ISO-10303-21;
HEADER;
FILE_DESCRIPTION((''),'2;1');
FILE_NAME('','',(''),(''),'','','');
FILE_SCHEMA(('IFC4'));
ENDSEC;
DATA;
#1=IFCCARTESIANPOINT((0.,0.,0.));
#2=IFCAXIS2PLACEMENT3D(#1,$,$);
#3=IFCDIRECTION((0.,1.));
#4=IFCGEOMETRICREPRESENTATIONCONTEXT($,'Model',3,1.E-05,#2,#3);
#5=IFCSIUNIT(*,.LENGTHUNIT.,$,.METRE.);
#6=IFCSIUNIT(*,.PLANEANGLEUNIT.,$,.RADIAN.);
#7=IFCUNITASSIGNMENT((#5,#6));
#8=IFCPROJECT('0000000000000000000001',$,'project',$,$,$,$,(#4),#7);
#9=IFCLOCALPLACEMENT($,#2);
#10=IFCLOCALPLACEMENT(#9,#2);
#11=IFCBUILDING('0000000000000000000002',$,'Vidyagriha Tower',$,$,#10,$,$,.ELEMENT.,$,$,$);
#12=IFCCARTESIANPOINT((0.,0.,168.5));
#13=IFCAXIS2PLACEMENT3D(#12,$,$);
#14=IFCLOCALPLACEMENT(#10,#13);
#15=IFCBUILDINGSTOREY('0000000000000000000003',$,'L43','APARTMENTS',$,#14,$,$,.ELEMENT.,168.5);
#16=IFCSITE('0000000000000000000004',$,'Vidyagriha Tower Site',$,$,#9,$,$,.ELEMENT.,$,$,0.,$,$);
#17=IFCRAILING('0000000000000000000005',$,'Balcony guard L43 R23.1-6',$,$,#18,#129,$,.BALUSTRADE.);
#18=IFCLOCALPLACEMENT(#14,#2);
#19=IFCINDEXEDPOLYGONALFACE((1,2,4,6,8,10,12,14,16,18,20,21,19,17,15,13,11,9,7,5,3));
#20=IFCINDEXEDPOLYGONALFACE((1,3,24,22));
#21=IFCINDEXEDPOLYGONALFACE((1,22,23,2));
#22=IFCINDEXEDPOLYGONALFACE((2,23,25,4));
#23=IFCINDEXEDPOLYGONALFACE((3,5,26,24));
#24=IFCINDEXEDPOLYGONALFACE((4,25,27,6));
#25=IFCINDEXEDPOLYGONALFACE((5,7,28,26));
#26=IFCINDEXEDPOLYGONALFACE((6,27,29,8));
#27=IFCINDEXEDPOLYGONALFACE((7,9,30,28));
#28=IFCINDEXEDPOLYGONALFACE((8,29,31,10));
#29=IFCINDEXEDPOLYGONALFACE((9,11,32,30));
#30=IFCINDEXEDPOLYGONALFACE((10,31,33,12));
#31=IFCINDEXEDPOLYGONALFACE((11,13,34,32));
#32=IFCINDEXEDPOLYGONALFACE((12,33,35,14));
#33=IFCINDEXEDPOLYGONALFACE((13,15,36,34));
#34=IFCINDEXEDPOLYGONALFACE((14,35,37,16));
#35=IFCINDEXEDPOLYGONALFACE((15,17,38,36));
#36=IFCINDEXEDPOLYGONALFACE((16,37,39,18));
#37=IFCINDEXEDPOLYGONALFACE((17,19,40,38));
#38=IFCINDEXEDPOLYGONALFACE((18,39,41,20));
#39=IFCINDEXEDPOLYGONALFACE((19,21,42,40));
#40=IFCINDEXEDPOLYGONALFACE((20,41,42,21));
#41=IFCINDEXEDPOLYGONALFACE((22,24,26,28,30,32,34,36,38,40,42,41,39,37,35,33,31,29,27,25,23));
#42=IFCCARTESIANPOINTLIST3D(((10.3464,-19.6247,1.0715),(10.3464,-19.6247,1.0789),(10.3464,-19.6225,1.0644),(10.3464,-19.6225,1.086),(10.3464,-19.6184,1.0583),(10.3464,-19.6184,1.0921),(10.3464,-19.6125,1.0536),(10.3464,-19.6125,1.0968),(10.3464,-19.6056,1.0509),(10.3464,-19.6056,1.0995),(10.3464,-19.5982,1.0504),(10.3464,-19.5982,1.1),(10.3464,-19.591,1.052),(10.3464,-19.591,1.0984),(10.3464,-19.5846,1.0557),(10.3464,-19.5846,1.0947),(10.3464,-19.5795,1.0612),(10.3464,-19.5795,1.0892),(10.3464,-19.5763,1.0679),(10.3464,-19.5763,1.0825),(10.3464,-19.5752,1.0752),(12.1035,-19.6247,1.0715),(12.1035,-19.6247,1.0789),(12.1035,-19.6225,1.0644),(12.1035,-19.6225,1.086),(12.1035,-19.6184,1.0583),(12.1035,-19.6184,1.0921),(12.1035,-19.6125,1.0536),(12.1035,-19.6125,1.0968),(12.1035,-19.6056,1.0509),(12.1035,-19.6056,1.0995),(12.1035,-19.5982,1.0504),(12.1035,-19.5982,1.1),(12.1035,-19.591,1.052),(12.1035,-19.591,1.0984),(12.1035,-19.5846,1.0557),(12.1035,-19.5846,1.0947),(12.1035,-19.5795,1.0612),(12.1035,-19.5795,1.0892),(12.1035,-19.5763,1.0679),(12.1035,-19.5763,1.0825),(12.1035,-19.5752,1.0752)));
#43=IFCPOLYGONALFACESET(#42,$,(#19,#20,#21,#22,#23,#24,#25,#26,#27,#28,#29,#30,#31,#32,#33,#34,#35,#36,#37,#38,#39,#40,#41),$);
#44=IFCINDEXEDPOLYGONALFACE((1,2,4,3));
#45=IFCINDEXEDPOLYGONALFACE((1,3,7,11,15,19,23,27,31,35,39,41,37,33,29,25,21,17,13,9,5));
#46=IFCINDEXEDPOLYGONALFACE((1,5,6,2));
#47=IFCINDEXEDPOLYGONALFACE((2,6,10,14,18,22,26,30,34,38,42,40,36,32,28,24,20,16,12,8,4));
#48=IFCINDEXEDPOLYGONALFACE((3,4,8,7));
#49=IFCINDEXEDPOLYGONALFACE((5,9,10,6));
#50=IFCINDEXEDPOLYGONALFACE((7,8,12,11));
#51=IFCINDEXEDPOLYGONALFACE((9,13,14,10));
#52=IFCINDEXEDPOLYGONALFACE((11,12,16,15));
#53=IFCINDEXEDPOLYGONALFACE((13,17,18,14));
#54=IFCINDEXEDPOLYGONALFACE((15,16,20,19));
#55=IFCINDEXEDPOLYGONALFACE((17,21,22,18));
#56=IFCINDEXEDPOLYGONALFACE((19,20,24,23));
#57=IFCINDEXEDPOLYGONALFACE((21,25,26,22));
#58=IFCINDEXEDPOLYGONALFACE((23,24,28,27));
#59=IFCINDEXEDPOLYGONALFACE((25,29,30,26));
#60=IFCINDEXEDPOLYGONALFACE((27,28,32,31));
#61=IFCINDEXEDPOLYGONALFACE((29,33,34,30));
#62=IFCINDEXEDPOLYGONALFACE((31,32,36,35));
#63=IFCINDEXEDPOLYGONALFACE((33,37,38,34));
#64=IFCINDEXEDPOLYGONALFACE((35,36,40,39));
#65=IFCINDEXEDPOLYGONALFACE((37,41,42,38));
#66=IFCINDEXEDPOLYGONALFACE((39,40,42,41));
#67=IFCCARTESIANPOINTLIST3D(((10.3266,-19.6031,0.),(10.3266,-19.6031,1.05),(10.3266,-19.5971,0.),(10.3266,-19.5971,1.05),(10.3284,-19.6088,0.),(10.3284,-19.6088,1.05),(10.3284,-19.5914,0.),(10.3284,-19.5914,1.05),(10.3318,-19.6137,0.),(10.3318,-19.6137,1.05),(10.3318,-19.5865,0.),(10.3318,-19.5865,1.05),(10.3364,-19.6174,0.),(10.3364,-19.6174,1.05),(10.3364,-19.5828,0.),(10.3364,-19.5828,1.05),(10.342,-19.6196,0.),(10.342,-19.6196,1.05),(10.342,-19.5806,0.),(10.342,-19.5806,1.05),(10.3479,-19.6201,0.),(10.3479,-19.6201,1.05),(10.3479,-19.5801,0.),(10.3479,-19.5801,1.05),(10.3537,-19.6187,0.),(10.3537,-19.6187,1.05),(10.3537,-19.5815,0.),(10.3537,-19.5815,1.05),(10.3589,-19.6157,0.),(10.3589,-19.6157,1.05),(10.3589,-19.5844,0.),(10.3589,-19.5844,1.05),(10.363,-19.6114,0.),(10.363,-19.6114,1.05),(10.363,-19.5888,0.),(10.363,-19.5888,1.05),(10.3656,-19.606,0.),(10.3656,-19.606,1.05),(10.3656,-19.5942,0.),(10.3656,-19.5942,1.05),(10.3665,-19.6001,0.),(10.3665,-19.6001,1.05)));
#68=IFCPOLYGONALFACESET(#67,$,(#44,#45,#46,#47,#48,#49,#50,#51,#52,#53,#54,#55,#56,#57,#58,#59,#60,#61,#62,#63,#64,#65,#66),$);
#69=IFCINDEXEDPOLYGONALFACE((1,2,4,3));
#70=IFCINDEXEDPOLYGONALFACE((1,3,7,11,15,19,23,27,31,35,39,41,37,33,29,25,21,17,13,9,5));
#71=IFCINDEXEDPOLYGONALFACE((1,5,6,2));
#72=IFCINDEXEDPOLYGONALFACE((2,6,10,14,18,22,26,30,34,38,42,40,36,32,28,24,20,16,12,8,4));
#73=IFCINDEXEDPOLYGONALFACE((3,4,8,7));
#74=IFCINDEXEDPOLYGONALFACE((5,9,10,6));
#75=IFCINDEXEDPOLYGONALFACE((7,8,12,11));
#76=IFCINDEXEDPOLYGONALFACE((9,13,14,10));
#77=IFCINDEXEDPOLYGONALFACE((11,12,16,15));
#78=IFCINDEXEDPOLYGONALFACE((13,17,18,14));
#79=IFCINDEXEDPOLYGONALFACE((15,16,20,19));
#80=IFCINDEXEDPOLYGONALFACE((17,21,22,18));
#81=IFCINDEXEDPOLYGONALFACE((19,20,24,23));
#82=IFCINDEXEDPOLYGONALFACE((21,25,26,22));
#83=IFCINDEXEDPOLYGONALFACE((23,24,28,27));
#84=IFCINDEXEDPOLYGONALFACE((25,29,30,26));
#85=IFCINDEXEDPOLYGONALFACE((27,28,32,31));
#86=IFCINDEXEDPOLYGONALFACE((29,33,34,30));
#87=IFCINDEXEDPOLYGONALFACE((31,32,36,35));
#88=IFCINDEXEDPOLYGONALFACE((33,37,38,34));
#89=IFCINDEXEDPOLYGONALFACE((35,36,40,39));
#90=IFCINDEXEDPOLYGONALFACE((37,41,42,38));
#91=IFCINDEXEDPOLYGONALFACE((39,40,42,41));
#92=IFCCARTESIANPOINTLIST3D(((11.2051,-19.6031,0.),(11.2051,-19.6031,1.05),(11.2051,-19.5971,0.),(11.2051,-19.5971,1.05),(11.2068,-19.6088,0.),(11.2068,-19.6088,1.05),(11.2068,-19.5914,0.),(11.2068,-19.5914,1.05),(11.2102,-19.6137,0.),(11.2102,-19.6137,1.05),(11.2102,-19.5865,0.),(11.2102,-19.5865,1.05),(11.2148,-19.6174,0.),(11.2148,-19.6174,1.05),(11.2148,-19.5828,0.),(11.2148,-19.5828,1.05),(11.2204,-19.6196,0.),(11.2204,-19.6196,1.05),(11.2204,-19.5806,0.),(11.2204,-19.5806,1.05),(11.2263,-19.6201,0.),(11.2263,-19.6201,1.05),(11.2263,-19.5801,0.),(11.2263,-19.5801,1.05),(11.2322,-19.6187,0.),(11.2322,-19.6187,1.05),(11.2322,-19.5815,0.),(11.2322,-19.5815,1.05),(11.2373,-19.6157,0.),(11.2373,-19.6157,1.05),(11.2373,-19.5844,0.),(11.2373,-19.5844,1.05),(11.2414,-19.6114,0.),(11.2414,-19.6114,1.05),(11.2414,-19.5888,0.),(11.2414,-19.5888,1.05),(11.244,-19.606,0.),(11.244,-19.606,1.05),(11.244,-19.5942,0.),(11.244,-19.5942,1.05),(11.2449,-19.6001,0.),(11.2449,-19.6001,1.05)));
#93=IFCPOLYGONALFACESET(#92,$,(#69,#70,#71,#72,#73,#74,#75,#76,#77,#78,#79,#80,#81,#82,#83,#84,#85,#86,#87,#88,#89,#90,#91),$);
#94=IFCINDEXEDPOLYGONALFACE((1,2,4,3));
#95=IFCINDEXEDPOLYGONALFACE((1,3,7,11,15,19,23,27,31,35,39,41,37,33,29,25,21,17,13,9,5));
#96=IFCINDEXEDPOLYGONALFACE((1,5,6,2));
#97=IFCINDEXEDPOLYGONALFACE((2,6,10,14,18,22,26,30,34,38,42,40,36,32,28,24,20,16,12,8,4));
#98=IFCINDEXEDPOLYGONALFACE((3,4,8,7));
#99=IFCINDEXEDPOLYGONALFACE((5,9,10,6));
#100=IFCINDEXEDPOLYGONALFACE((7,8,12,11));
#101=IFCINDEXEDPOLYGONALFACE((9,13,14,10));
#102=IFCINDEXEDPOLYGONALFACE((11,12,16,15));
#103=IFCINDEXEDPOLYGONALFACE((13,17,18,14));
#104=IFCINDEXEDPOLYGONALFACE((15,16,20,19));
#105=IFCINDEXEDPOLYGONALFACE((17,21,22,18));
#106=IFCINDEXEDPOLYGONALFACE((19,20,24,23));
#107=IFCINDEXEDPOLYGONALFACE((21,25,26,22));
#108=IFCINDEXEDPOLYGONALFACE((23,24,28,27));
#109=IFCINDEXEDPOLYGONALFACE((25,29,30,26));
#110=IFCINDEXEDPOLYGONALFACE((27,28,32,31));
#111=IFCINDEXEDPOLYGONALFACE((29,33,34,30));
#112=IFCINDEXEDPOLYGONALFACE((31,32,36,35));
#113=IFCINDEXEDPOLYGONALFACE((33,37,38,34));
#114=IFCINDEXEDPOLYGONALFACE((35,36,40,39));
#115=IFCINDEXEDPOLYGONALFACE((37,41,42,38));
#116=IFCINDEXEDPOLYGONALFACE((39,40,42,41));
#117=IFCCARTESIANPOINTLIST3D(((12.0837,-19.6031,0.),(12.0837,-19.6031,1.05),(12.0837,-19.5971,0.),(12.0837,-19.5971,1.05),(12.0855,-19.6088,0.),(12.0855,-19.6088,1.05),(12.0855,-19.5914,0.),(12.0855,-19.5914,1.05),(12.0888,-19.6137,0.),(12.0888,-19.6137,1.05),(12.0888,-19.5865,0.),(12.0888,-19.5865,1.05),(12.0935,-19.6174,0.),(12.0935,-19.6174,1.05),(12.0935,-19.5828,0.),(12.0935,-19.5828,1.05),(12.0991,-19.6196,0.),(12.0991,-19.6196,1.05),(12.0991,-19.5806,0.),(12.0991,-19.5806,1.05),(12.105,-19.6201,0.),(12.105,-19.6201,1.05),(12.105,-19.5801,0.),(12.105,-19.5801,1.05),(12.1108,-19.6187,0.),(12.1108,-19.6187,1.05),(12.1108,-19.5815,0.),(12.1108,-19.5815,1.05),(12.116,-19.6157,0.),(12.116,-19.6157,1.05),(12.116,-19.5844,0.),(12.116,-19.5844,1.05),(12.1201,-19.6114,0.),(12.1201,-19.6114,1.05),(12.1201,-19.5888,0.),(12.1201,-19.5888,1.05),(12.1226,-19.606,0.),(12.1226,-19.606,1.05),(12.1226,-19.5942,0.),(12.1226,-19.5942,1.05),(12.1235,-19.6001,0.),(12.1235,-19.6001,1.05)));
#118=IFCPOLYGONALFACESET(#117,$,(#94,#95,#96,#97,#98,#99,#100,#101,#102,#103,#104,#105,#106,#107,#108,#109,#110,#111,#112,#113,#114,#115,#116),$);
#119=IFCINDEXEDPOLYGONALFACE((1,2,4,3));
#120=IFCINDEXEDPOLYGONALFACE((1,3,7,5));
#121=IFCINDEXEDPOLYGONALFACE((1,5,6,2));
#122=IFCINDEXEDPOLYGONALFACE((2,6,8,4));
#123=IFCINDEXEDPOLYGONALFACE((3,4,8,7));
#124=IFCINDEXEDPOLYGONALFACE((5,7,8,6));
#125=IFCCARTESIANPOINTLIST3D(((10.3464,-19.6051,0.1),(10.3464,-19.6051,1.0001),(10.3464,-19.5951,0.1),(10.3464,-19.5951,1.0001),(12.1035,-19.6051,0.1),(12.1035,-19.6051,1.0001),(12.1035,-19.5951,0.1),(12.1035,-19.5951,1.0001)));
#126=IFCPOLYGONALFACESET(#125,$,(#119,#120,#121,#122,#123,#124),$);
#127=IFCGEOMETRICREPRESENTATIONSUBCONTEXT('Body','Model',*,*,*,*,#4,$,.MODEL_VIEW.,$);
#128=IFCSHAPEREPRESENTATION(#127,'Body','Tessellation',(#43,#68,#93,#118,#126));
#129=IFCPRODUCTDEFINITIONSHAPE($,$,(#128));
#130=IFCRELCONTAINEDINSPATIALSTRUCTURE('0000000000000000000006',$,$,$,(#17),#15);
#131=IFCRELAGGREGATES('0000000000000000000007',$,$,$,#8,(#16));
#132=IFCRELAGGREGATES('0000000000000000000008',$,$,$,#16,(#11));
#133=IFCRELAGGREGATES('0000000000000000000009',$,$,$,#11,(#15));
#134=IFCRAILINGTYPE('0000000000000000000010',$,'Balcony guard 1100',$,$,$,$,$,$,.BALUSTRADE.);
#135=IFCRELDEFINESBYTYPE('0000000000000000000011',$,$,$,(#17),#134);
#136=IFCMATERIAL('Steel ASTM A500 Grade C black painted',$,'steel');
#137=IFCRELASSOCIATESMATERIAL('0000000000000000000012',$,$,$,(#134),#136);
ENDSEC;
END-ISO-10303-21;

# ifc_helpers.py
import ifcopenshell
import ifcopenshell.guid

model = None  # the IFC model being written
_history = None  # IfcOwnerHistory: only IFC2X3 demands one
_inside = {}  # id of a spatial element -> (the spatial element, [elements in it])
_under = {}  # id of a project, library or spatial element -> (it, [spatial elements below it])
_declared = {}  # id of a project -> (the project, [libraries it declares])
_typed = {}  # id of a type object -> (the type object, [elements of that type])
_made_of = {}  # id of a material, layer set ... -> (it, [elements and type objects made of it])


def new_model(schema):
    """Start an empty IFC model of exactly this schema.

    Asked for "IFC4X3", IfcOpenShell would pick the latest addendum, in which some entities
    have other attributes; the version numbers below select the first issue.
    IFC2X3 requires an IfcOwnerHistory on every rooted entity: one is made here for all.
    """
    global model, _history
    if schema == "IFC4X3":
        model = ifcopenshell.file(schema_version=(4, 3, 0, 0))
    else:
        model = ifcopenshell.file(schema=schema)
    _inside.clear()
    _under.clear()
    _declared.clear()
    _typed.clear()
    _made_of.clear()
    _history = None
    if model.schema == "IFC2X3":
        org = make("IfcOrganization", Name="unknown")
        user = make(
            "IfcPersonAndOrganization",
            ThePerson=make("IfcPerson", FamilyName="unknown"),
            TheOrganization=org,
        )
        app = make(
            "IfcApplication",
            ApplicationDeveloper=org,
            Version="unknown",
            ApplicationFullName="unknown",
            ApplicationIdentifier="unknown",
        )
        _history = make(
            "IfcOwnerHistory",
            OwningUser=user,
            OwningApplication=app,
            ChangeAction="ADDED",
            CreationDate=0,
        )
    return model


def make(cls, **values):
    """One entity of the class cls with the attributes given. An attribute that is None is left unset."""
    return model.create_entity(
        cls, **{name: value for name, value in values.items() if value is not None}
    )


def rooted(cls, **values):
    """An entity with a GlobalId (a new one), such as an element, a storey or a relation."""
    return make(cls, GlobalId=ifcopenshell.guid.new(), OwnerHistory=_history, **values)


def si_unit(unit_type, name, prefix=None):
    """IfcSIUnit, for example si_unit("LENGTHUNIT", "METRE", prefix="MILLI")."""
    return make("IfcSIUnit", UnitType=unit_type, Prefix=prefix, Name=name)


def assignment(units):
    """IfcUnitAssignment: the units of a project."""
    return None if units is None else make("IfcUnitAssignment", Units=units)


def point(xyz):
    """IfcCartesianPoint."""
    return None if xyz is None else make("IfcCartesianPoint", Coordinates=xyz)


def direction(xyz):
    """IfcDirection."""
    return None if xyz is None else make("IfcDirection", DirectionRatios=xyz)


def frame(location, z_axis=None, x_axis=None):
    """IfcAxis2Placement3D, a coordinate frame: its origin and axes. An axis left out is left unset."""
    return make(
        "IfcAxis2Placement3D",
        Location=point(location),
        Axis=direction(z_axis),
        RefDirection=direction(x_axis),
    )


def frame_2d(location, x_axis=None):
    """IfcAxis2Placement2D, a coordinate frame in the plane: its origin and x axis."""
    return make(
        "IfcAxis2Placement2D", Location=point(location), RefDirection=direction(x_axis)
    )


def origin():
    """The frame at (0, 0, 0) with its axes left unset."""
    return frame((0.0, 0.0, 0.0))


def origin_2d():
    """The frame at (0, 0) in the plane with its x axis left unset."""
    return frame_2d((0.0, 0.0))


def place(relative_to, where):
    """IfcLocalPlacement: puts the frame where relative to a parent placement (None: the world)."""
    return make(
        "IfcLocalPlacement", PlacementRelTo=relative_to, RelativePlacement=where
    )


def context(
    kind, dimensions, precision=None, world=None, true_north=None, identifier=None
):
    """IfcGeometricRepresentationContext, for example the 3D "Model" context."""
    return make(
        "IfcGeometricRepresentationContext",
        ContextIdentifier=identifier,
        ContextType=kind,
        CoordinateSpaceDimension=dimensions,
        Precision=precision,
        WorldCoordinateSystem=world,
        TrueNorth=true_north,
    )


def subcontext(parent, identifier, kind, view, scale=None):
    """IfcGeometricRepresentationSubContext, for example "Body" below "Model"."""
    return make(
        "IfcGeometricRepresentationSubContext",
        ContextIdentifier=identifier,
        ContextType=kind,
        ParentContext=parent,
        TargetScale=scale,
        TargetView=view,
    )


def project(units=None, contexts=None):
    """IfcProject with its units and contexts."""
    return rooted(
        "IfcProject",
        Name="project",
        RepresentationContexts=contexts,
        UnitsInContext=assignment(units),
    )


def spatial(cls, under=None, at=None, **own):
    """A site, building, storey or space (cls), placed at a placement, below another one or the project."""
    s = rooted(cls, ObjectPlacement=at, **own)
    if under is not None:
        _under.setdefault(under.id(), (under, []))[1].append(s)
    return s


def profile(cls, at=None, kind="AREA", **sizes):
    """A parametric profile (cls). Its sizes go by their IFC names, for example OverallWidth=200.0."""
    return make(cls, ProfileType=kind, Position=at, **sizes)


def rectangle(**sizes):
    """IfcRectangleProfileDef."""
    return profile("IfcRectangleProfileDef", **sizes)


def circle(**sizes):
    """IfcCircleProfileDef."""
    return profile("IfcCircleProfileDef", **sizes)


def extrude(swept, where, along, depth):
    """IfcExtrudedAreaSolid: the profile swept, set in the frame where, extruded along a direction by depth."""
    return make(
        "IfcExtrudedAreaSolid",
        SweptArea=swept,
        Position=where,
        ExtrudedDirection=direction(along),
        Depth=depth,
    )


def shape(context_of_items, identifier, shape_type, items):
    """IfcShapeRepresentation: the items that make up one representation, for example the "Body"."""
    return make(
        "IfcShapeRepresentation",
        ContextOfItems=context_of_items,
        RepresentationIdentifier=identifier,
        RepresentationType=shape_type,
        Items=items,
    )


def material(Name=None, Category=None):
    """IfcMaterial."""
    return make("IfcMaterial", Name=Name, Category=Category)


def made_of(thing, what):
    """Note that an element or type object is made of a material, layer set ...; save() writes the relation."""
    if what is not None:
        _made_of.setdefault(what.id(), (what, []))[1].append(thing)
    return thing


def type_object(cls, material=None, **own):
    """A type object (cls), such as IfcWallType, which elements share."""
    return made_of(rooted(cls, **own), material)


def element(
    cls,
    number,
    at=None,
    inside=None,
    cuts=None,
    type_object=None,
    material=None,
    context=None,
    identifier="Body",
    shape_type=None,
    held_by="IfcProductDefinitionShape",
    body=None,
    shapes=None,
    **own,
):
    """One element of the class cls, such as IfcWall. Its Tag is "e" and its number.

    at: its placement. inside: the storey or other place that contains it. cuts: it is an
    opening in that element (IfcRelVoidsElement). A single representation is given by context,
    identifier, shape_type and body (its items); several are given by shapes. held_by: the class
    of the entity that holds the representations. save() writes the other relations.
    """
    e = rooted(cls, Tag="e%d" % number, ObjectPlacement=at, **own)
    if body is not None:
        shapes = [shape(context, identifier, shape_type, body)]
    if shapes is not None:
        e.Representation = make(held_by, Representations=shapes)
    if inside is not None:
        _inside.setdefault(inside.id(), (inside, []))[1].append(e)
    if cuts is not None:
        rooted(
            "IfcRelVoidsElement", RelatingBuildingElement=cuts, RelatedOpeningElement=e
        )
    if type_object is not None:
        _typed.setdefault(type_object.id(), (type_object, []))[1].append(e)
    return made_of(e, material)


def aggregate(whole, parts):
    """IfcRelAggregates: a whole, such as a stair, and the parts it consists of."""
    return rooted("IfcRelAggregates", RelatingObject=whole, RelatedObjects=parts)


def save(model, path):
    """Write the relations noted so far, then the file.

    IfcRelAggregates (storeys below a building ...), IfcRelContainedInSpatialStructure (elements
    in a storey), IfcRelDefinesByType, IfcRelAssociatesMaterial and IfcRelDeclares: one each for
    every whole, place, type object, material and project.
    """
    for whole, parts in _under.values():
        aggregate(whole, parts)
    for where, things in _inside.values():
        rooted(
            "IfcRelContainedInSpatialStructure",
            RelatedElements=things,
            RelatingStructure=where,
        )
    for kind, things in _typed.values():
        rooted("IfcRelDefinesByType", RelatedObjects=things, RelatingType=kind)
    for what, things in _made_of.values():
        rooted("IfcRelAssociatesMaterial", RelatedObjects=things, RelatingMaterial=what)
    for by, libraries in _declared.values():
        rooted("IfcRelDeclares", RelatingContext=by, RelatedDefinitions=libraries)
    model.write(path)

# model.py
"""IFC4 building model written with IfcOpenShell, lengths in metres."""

from ifc_helpers import new_model, si_unit, direction, frame, origin, origin_2d, place, context, subcontext, project, spatial, rectangle, circle, extrude, material, type_object, element, save


model = new_model("IFC4")

# Units and contexts
model_context = context("Model", 3, precision=1e-05, world=origin(), true_north=direction((0.0, 1.0)))
body_context = subcontext(model_context, "Body", "Model", "MODEL_VIEW")
ifc_project = project(units=[si_unit("LENGTHUNIT", "METRE"), si_unit("PLANEANGLEUNIT", "RADIAN")], contexts=[model_context])

# Site, building, storey
site_placement = place(None, origin())
site = spatial("IfcSite", under=ifc_project, at=site_placement, Name="Vidyagriha Tower Site", CompositionType="ELEMENT", RefElevation=0.0)
building_placement = place(site_placement, origin())
building = spatial("IfcBuilding", under=site, at=building_placement, Name="Vidyagriha Tower", CompositionType="ELEMENT")
storey_placement = place(building_placement, frame((0.0, 0.0, 168.5)))
storey = spatial("IfcBuildingStorey", under=building, at=storey_placement, Name="L43", Description="APARTMENTS", CompositionType="ELEMENT", Elevation=168.5)

# Railing
ifc_material_1 = material(Name="Steel ASTM A500 Grade C black painted", Category="steel")
railing_type = type_object("IfcRailingType", Name="Balcony guard 1100", PredefinedType="BALUSTRADE", material=ifc_material_1)
railing_1_placement = place(storey_placement, frame((10.3464, -19.6001, 0.0)))
element("IfcRailing", 1, at=railing_1_placement, inside=storey, type_object=railing_type, Name="Balcony guard L43 R23.1-6", PredefinedType="BALUSTRADE", context=body_context, shape_type="SweptSolid", body=[
    extrude(circle(Radius=0.0249, at=origin_2d()), frame((0.0, 0.0, 1.0752), z_axis=(1.0, 0.0, 0.0), x_axis=(0.0, 1.0, 0.0)), (0.0, 0.0, 1.0), 1.7571),
    extrude(circle(Radius=0.02, at=origin_2d()), origin(), (0.0, 0.0, 1.0), 1.05),
    extrude(circle(Radius=0.02, at=origin_2d()), frame((0.8784, 0.0, 0.0)), (0.0, 0.0, 1.0), 1.05),
    extrude(circle(Radius=0.02, at=origin_2d()), frame((1.7571, 0.0, 0.0)), (0.0, 0.0, 1.0), 1.05),
    extrude(rectangle(XDim=0.01, YDim=0.9001, at=origin_2d()), frame((0.0, 0.0, 0.55), z_axis=(1.0, 0.0, 0.0), x_axis=(0.0, 1.0, 0.0)), (0.0, 0.0, 1.0), 1.7571),
])

save(model, "model.ifc")
